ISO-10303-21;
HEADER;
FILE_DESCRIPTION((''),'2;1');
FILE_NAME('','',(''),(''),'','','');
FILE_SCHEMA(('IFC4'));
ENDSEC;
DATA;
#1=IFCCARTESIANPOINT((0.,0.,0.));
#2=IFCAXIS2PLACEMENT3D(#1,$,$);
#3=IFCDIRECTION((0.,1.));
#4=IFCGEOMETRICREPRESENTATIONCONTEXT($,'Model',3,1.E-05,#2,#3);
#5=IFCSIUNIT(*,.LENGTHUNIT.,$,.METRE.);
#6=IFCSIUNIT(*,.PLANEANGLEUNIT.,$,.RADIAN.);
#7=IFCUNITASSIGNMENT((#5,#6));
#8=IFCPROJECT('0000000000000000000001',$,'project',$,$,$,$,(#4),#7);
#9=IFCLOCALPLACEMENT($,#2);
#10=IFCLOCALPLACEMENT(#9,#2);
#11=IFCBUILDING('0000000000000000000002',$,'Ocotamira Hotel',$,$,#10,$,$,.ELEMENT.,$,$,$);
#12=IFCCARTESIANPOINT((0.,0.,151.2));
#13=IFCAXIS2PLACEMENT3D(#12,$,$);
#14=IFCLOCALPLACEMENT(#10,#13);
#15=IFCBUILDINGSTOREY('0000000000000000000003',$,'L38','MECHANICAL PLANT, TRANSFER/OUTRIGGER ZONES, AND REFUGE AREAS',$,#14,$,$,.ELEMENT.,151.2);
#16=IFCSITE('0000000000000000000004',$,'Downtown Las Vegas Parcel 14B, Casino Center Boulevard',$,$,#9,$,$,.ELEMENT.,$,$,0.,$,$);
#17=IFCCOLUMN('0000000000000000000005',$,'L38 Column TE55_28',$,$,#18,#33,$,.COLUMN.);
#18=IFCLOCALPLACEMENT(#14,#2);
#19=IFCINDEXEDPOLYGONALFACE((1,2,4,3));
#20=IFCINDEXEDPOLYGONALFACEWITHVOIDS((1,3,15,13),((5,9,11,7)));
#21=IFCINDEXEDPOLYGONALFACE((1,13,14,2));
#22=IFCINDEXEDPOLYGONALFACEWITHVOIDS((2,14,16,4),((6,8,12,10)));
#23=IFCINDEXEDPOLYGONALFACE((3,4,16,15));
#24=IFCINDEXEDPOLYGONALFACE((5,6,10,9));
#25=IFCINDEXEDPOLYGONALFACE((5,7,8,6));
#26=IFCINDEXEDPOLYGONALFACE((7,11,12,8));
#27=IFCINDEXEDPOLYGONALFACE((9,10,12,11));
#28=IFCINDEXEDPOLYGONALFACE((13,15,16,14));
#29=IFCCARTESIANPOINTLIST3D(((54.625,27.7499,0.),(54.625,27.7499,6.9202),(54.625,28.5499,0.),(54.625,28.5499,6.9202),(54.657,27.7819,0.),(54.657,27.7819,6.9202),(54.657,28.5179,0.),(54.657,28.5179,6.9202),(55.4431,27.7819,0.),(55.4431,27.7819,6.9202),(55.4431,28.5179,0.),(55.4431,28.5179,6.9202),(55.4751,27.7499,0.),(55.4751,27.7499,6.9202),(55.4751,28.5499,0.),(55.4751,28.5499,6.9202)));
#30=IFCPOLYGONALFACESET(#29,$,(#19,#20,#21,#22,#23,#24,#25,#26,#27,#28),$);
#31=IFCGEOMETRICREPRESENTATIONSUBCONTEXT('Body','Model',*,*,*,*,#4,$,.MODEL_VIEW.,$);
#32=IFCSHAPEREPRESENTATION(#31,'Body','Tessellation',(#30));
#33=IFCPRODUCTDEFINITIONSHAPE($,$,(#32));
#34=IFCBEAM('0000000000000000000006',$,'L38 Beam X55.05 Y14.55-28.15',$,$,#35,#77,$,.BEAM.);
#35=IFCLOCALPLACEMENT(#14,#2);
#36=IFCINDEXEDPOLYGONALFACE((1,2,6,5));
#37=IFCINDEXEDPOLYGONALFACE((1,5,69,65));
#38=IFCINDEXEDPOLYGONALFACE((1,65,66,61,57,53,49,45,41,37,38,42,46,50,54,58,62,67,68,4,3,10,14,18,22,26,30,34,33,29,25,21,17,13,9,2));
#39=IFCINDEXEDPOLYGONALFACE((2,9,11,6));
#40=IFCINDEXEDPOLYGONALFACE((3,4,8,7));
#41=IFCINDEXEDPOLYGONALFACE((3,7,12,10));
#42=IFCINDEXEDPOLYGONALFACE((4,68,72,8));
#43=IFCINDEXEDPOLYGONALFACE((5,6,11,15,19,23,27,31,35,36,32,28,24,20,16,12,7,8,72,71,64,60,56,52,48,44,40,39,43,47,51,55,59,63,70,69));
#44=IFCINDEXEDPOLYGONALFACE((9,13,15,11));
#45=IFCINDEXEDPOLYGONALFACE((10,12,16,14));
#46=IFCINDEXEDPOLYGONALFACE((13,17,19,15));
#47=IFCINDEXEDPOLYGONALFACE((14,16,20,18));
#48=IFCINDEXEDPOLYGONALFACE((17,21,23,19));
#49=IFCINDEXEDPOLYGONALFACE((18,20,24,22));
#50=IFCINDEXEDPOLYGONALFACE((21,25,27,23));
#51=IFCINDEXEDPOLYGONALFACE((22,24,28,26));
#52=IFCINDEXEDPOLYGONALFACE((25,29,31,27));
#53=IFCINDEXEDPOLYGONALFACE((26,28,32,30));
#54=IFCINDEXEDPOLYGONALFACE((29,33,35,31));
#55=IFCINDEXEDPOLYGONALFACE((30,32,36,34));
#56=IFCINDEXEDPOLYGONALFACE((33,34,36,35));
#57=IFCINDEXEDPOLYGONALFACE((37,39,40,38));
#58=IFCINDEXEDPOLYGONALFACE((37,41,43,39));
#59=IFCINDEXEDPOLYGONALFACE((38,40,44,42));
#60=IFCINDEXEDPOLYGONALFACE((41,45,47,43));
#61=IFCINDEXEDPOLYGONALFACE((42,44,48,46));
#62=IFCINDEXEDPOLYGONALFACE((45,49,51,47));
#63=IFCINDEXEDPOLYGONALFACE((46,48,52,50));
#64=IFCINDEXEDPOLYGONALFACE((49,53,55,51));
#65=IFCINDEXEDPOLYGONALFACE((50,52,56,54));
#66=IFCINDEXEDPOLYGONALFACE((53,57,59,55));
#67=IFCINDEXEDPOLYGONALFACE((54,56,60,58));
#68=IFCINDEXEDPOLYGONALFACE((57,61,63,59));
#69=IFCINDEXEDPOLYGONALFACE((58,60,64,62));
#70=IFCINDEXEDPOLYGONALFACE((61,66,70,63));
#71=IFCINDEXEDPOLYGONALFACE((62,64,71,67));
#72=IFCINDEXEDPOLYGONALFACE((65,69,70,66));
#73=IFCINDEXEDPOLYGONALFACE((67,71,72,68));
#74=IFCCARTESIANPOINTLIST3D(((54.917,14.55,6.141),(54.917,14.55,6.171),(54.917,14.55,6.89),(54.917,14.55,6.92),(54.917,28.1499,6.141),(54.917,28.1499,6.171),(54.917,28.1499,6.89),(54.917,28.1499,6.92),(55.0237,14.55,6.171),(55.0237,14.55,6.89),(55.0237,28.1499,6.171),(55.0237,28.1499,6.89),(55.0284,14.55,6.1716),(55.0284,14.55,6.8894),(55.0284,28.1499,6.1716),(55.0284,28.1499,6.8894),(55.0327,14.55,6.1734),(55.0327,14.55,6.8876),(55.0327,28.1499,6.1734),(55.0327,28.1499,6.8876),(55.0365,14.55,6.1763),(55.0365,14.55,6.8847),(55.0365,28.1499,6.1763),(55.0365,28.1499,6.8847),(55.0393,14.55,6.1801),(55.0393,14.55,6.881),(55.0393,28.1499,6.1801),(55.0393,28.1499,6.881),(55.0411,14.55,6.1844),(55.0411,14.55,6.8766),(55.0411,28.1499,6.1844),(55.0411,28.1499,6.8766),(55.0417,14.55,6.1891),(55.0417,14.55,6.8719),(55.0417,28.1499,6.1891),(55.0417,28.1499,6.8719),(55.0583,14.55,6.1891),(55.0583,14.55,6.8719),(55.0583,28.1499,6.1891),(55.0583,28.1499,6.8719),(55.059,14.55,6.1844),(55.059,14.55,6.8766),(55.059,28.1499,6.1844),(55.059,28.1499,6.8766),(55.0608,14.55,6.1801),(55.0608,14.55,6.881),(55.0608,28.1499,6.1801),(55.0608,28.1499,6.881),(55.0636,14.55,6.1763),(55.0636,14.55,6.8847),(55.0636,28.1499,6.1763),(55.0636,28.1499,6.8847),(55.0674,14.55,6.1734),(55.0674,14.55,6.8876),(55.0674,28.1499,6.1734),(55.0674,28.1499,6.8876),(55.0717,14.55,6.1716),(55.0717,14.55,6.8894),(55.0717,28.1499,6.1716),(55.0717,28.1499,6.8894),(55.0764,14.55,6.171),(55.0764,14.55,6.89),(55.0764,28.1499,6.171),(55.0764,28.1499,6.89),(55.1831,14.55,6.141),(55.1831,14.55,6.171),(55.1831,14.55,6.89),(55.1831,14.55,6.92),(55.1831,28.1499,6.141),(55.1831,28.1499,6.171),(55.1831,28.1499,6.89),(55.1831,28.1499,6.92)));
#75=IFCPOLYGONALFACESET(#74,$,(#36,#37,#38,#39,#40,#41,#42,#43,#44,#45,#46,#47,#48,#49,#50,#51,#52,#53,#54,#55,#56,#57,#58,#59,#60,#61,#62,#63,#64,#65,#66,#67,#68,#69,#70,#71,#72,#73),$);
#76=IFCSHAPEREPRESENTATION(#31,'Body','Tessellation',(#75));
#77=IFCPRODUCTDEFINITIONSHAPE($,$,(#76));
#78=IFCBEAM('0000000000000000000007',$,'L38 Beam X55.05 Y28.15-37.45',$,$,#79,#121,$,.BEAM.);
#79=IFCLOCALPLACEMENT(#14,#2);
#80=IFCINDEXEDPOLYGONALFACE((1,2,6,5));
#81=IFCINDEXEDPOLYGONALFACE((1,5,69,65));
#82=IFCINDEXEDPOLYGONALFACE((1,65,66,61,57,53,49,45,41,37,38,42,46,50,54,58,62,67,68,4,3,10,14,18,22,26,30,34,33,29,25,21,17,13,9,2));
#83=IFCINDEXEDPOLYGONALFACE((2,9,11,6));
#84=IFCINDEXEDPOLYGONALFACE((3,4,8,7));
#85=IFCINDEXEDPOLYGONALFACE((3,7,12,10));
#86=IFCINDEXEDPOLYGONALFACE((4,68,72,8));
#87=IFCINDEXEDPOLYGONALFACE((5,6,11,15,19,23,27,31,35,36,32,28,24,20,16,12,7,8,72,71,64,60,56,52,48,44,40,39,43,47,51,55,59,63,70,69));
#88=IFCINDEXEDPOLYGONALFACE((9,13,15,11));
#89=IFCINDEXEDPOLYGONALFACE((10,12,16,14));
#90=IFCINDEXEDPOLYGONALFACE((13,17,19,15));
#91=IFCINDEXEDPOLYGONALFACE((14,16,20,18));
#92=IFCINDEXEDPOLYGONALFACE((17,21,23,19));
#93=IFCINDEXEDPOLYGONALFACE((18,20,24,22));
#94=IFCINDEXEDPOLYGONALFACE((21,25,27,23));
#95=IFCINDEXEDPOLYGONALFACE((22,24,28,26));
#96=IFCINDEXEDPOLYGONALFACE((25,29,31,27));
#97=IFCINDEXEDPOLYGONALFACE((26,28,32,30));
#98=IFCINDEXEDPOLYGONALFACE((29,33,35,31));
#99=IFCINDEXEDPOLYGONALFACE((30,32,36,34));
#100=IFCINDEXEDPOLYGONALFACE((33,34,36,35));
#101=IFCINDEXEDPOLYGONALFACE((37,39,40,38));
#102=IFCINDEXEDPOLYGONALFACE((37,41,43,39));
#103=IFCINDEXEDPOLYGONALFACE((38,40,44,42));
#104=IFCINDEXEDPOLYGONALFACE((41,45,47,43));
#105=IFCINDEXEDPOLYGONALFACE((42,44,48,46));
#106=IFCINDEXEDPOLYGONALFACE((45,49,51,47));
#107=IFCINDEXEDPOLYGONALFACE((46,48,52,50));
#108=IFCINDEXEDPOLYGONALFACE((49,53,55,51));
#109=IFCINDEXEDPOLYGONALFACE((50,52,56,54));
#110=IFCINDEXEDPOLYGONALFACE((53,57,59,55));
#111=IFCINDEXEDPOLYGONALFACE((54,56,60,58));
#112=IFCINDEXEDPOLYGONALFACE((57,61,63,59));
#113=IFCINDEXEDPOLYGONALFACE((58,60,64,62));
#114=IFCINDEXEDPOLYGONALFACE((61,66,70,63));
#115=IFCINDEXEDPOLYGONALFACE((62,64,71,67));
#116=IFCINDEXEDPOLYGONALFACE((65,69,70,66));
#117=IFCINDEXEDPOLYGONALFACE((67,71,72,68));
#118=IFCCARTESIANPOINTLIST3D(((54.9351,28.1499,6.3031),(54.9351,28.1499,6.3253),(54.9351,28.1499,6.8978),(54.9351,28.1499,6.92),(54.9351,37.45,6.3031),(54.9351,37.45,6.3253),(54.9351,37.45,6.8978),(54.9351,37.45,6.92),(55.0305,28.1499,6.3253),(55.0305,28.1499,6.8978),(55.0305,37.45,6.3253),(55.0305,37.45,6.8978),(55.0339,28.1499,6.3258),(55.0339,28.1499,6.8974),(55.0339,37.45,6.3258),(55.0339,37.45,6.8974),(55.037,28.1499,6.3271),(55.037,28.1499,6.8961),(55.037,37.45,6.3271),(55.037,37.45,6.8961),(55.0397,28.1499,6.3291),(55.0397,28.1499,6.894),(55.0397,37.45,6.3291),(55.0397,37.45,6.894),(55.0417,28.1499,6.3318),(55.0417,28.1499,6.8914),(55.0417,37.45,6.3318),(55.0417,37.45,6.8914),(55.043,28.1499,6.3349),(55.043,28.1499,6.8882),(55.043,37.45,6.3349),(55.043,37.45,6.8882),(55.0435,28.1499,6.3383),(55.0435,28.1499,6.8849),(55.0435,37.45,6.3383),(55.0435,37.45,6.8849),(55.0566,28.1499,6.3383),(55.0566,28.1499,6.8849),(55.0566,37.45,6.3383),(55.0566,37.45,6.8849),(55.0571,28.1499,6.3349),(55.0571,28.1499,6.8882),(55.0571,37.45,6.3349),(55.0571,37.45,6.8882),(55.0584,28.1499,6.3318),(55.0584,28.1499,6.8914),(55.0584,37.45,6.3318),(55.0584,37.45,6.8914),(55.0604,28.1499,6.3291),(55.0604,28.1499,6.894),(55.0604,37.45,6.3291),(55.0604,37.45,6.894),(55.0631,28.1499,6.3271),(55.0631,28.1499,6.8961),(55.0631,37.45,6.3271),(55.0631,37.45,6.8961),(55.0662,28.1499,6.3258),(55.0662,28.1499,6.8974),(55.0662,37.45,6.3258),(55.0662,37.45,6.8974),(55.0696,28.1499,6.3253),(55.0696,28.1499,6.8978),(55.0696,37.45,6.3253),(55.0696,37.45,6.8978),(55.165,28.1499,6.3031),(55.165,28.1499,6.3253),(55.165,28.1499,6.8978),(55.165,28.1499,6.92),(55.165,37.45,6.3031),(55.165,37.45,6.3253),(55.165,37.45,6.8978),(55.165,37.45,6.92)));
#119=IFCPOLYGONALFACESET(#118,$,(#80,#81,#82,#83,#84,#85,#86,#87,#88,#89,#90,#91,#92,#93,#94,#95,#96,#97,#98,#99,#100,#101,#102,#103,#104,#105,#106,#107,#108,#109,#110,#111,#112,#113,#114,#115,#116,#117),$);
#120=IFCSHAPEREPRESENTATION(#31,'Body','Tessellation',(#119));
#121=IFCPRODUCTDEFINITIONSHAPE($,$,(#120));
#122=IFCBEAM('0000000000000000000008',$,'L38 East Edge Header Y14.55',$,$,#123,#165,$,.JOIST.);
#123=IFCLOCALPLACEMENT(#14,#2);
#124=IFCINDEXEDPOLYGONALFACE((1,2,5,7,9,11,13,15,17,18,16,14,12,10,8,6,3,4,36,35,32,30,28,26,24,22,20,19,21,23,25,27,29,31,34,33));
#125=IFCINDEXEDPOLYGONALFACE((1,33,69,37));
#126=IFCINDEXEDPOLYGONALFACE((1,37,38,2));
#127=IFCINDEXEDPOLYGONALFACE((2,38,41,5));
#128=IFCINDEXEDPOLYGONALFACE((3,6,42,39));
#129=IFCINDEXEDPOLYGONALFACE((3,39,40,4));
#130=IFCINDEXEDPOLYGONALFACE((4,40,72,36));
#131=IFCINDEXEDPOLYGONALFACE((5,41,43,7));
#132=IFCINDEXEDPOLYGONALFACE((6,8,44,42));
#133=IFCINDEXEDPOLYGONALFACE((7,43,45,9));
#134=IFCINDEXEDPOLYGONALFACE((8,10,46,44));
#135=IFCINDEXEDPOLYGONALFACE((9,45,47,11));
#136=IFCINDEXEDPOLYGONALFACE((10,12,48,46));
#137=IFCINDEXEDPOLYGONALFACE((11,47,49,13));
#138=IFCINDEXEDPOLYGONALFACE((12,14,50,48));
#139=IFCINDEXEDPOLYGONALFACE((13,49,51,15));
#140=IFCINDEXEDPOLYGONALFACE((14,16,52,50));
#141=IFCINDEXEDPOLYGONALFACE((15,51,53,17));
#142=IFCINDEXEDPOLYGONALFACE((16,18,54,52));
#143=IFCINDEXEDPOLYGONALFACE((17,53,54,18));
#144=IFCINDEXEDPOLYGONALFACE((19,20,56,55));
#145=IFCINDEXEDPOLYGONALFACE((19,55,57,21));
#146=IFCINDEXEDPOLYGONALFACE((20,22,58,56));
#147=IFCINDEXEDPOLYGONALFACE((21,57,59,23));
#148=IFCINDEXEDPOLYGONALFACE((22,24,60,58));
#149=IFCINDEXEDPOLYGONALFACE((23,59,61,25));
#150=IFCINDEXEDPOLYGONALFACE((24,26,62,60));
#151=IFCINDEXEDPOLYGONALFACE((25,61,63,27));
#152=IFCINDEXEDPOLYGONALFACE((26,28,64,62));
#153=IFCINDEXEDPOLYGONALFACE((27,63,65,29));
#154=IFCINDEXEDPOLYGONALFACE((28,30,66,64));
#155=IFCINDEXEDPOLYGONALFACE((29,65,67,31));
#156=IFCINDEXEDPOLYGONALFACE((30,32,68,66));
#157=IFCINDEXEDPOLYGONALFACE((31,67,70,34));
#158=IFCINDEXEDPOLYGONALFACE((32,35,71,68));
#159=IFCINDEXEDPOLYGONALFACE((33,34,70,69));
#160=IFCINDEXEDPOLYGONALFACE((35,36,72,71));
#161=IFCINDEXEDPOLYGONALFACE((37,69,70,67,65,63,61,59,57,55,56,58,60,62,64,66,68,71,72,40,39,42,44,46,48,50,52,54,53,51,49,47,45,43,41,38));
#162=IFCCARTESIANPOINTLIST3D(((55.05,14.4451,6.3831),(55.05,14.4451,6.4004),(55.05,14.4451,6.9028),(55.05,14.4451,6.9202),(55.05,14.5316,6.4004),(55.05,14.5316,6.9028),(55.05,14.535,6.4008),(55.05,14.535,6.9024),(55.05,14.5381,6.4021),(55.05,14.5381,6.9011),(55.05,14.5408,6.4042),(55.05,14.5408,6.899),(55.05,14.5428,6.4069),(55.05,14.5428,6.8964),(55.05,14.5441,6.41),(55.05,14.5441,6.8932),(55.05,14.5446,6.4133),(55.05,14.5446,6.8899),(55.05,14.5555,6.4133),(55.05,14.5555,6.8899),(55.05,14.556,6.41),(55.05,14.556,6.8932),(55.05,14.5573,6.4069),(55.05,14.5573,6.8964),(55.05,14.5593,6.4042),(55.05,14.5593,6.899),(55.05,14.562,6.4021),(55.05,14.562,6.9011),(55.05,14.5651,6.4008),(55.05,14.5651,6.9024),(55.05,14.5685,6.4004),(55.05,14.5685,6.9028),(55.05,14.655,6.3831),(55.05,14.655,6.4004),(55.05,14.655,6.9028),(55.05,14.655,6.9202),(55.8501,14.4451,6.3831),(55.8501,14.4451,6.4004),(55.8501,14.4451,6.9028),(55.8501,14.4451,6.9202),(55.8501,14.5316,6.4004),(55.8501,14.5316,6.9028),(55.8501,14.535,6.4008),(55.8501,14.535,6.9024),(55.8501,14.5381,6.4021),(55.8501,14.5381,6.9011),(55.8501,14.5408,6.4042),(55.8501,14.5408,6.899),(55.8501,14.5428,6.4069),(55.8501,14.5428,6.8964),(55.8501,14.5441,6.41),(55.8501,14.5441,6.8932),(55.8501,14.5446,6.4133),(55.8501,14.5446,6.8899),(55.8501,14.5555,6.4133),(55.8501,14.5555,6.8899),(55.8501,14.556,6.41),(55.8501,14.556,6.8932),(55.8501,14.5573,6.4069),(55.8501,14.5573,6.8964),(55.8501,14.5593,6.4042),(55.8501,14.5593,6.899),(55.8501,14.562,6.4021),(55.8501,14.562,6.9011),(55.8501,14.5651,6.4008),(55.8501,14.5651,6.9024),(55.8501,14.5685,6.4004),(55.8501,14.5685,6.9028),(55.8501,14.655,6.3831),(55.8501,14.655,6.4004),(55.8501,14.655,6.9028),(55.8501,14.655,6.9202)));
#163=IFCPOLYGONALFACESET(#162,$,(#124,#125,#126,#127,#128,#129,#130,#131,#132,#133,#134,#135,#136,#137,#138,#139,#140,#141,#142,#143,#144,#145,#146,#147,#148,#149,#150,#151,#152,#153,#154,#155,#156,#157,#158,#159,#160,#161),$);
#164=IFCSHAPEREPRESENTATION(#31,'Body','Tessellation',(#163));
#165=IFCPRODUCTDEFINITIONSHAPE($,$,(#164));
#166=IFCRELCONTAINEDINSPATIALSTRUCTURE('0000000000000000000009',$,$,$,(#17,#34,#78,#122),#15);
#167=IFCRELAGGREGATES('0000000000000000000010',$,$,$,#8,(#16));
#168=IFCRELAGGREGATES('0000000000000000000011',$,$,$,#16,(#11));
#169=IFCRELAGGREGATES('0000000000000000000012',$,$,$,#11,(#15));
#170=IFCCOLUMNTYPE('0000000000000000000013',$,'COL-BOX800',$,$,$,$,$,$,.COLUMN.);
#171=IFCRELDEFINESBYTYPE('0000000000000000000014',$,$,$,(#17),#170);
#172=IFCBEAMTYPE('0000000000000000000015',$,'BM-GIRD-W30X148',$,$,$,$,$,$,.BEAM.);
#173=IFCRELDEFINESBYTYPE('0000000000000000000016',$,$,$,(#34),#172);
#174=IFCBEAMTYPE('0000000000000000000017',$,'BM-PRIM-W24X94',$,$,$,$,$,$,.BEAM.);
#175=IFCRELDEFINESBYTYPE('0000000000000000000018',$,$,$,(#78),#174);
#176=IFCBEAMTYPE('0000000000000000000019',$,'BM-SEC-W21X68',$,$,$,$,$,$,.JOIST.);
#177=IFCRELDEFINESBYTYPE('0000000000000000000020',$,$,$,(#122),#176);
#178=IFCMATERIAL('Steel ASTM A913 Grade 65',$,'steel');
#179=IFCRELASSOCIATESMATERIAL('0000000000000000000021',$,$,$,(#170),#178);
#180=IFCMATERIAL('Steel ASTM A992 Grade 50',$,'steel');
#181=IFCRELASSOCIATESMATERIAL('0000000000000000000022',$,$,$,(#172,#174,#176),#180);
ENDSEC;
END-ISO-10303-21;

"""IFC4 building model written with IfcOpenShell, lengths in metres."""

from ifc_helpers import new_model, si_unit, direction, frame, origin, origin_2d, place, context, subcontext, project, spatial, hollow_rectangle, i_section, extrude, source, transform, mapped, material, material_profile, profile_set, type_object, element, save


model = new_model("IFC4")

# Units and contexts
model_context = context("Model", 3, precision=1e-05, world=origin(), true_north=direction((0.0, 1.0)))
body_context = subcontext(model_context, "Body", "Model", "MODEL_VIEW")
ifc_project = project(units=[si_unit("LENGTHUNIT", "METRE"), si_unit("PLANEANGLEUNIT", "RADIAN")], contexts=[model_context])

# Site, building, storey
site_placement = place(None, origin())
site = spatial("IfcSite", under=ifc_project, at=site_placement, Name="Downtown Las Vegas Parcel 14B, Casino Center Boulevard", CompositionType="ELEMENT", RefElevation=0.0)
building_placement = place(site_placement, origin())
building = spatial("IfcBuilding", under=site, at=building_placement, Name="Ocotamira Hotel", CompositionType="ELEMENT")
storey_placement = place(building_placement, frame((0.0, 0.0, 151.2)))
storey = spatial("IfcBuildingStorey", under=building, at=storey_placement, Name="L38", Description="MECHANICAL PLANT, TRANSFER/OUTRIGGER ZONES, AND REFUGE AREAS", CompositionType="ELEMENT", Elevation=151.2)

# Column
ifc_material_1 = material(Name="Steel ASTM A913 Grade 65", Category="steel")
ifc_material_profile_1 = material_profile(ifc_material_1, hollow_rectangle(XDim=0.8501, YDim=0.8, WallThickness=0.032, at=origin_2d()), Name="BOX800X850X32")
ifc_profile_set_1 = profile_set([ifc_material_profile_1], Name="Steel ASTM A913 Grade 65")
column_type = type_object("IfcColumnType", Name="COL-BOX800", PredefinedType="COLUMN", material=ifc_profile_set_1)
shared_shape_1 = source(origin(), body_context, "Body", "SweptSolid", [
    extrude(hollow_rectangle(XDim=0.8501, YDim=0.8, WallThickness=0.032, at=origin_2d()), origin(), (0.0, 0.0, 1.0), 6.9202),
])
column_placement = place(storey_placement, frame((55.05, 28.1499, 0.0), z_axis=(0.0, 0.0, 1.0), x_axis=(1.0, 0.0, 0.0)))
element("IfcColumn", 1, at=column_placement, inside=storey, type_object=column_type, Name="L38 Column TE55_28", PredefinedType="COLUMN", context=body_context, shape_type="MappedRepresentation", body=[
    mapped(shared_shape_1, transform((0.0, 0.0, 0.0), scale=1.0)),
])

# Beams
ifc_material_2 = material(Name="Steel ASTM A992 Grade 50", Category="steel")
ifc_material_profile_2 = material_profile(ifc_material_2, i_section(OverallWidth=0.2661, OverallDepth=0.7791, WebThickness=0.0166, FlangeThickness=0.03, FilletRadius=0.0181, at=origin_2d()), Name="W30X148")
ifc_profile_set_2 = profile_set([ifc_material_profile_2], Name="Steel ASTM A992 Grade 50")
beam_type_1 = type_object("IfcBeamType", Name="BM-GIRD-W30X148", PredefinedType="BEAM", material=ifc_profile_set_2)
shared_shape_2 = source(origin(), body_context, "Body", "SweptSolid", [
    extrude(i_section(OverallWidth=0.2661, OverallDepth=0.7791, WebThickness=0.0166, FlangeThickness=0.03, FilletRadius=0.0181, at=origin_2d()), origin(), (0.0, 0.0, 1.0), 13.5999),
])
beam_1_placement = place(storey_placement, frame((55.05, 14.55, 6.5305), z_axis=(0.0, 1.0, 0.0), x_axis=(-1.0, 0.0, 0.0)))
element("IfcBeam", 2, at=beam_1_placement, inside=storey, type_object=beam_type_1, Name="L38 Beam X55.05 Y14.55-28.15", PredefinedType="BEAM", context=body_context, shape_type="MappedRepresentation", body=[
    mapped(shared_shape_2, transform((0.0, 0.0, 0.0), scale=1.0)),
])
ifc_material_profile_3 = material_profile(ifc_material_2, i_section(OverallWidth=0.23, OverallDepth=0.6169, WebThickness=0.0132, FlangeThickness=0.0222, FilletRadius=0.0129, at=origin_2d()), Name="W24X94")
ifc_profile_set_3 = profile_set([ifc_material_profile_3], Name="Steel ASTM A992 Grade 50")
beam_type_2 = type_object("IfcBeamType", Name="BM-PRIM-W24X94", PredefinedType="BEAM", material=ifc_profile_set_3)
shared_shape_3 = source(origin(), body_context, "Body", "SweptSolid", [
    extrude(i_section(OverallWidth=0.23, OverallDepth=0.6169, WebThickness=0.0132, FlangeThickness=0.0222, FilletRadius=0.0129, at=origin_2d()), origin(), (0.0, 0.0, 1.0), 9.3),
])
beam_2_placement = place(storey_placement, frame((55.05, 28.1499, 6.6116), z_axis=(0.0, 1.0, 0.0), x_axis=(-1.0, 0.0, 0.0)))
element("IfcBeam", 3, at=beam_2_placement, inside=storey, type_object=beam_type_2, Name="L38 Beam X55.05 Y28.15-37.45", PredefinedType="BEAM", context=body_context, shape_type="MappedRepresentation", body=[
    mapped(shared_shape_3, transform((0.0, 0.0, 0.0), scale=1.0)),
])
ifc_material_profile_4 = material_profile(ifc_material_2, i_section(OverallWidth=0.21, OverallDepth=0.5371, WebThickness=0.011, FlangeThickness=0.0173, FilletRadius=0.0129, at=origin_2d()), Name="W21X68")
ifc_profile_set_4 = profile_set([ifc_material_profile_4], Name="Steel ASTM A992 Grade 50")
beam_type_3 = type_object("IfcBeamType", Name="BM-SEC-W21X68", PredefinedType="JOIST", material=ifc_profile_set_4)
shared_shape_4 = source(origin(), body_context, "Body", "SweptSolid", [
    extrude(i_section(OverallWidth=0.21, OverallDepth=0.5371, WebThickness=0.011, FlangeThickness=0.0173, FilletRadius=0.0129, at=origin_2d()), origin(), (0.0, 0.0, 1.0), 0.8),
])
for number, where, z_axis, x_axis, name in (
    (4, (55.05, 14.55, 6.6516), (1.0, 0.0, 0.0), (0.0, 1.0, 0.0), "L38 East Edge Header Y14.55"),
):
    element("IfcBeam", number, at=place(storey_placement, frame(where, z_axis=z_axis, x_axis=x_axis)), inside=storey, type_object=beam_type_3, Name=name, PredefinedType="JOIST", context=body_context, shape_type="MappedRepresentation", body=[
        mapped(shared_shape_4, transform((0.0, 0.0, 0.0), scale=1.0)),
    ])

save(model, "model.ifc")
